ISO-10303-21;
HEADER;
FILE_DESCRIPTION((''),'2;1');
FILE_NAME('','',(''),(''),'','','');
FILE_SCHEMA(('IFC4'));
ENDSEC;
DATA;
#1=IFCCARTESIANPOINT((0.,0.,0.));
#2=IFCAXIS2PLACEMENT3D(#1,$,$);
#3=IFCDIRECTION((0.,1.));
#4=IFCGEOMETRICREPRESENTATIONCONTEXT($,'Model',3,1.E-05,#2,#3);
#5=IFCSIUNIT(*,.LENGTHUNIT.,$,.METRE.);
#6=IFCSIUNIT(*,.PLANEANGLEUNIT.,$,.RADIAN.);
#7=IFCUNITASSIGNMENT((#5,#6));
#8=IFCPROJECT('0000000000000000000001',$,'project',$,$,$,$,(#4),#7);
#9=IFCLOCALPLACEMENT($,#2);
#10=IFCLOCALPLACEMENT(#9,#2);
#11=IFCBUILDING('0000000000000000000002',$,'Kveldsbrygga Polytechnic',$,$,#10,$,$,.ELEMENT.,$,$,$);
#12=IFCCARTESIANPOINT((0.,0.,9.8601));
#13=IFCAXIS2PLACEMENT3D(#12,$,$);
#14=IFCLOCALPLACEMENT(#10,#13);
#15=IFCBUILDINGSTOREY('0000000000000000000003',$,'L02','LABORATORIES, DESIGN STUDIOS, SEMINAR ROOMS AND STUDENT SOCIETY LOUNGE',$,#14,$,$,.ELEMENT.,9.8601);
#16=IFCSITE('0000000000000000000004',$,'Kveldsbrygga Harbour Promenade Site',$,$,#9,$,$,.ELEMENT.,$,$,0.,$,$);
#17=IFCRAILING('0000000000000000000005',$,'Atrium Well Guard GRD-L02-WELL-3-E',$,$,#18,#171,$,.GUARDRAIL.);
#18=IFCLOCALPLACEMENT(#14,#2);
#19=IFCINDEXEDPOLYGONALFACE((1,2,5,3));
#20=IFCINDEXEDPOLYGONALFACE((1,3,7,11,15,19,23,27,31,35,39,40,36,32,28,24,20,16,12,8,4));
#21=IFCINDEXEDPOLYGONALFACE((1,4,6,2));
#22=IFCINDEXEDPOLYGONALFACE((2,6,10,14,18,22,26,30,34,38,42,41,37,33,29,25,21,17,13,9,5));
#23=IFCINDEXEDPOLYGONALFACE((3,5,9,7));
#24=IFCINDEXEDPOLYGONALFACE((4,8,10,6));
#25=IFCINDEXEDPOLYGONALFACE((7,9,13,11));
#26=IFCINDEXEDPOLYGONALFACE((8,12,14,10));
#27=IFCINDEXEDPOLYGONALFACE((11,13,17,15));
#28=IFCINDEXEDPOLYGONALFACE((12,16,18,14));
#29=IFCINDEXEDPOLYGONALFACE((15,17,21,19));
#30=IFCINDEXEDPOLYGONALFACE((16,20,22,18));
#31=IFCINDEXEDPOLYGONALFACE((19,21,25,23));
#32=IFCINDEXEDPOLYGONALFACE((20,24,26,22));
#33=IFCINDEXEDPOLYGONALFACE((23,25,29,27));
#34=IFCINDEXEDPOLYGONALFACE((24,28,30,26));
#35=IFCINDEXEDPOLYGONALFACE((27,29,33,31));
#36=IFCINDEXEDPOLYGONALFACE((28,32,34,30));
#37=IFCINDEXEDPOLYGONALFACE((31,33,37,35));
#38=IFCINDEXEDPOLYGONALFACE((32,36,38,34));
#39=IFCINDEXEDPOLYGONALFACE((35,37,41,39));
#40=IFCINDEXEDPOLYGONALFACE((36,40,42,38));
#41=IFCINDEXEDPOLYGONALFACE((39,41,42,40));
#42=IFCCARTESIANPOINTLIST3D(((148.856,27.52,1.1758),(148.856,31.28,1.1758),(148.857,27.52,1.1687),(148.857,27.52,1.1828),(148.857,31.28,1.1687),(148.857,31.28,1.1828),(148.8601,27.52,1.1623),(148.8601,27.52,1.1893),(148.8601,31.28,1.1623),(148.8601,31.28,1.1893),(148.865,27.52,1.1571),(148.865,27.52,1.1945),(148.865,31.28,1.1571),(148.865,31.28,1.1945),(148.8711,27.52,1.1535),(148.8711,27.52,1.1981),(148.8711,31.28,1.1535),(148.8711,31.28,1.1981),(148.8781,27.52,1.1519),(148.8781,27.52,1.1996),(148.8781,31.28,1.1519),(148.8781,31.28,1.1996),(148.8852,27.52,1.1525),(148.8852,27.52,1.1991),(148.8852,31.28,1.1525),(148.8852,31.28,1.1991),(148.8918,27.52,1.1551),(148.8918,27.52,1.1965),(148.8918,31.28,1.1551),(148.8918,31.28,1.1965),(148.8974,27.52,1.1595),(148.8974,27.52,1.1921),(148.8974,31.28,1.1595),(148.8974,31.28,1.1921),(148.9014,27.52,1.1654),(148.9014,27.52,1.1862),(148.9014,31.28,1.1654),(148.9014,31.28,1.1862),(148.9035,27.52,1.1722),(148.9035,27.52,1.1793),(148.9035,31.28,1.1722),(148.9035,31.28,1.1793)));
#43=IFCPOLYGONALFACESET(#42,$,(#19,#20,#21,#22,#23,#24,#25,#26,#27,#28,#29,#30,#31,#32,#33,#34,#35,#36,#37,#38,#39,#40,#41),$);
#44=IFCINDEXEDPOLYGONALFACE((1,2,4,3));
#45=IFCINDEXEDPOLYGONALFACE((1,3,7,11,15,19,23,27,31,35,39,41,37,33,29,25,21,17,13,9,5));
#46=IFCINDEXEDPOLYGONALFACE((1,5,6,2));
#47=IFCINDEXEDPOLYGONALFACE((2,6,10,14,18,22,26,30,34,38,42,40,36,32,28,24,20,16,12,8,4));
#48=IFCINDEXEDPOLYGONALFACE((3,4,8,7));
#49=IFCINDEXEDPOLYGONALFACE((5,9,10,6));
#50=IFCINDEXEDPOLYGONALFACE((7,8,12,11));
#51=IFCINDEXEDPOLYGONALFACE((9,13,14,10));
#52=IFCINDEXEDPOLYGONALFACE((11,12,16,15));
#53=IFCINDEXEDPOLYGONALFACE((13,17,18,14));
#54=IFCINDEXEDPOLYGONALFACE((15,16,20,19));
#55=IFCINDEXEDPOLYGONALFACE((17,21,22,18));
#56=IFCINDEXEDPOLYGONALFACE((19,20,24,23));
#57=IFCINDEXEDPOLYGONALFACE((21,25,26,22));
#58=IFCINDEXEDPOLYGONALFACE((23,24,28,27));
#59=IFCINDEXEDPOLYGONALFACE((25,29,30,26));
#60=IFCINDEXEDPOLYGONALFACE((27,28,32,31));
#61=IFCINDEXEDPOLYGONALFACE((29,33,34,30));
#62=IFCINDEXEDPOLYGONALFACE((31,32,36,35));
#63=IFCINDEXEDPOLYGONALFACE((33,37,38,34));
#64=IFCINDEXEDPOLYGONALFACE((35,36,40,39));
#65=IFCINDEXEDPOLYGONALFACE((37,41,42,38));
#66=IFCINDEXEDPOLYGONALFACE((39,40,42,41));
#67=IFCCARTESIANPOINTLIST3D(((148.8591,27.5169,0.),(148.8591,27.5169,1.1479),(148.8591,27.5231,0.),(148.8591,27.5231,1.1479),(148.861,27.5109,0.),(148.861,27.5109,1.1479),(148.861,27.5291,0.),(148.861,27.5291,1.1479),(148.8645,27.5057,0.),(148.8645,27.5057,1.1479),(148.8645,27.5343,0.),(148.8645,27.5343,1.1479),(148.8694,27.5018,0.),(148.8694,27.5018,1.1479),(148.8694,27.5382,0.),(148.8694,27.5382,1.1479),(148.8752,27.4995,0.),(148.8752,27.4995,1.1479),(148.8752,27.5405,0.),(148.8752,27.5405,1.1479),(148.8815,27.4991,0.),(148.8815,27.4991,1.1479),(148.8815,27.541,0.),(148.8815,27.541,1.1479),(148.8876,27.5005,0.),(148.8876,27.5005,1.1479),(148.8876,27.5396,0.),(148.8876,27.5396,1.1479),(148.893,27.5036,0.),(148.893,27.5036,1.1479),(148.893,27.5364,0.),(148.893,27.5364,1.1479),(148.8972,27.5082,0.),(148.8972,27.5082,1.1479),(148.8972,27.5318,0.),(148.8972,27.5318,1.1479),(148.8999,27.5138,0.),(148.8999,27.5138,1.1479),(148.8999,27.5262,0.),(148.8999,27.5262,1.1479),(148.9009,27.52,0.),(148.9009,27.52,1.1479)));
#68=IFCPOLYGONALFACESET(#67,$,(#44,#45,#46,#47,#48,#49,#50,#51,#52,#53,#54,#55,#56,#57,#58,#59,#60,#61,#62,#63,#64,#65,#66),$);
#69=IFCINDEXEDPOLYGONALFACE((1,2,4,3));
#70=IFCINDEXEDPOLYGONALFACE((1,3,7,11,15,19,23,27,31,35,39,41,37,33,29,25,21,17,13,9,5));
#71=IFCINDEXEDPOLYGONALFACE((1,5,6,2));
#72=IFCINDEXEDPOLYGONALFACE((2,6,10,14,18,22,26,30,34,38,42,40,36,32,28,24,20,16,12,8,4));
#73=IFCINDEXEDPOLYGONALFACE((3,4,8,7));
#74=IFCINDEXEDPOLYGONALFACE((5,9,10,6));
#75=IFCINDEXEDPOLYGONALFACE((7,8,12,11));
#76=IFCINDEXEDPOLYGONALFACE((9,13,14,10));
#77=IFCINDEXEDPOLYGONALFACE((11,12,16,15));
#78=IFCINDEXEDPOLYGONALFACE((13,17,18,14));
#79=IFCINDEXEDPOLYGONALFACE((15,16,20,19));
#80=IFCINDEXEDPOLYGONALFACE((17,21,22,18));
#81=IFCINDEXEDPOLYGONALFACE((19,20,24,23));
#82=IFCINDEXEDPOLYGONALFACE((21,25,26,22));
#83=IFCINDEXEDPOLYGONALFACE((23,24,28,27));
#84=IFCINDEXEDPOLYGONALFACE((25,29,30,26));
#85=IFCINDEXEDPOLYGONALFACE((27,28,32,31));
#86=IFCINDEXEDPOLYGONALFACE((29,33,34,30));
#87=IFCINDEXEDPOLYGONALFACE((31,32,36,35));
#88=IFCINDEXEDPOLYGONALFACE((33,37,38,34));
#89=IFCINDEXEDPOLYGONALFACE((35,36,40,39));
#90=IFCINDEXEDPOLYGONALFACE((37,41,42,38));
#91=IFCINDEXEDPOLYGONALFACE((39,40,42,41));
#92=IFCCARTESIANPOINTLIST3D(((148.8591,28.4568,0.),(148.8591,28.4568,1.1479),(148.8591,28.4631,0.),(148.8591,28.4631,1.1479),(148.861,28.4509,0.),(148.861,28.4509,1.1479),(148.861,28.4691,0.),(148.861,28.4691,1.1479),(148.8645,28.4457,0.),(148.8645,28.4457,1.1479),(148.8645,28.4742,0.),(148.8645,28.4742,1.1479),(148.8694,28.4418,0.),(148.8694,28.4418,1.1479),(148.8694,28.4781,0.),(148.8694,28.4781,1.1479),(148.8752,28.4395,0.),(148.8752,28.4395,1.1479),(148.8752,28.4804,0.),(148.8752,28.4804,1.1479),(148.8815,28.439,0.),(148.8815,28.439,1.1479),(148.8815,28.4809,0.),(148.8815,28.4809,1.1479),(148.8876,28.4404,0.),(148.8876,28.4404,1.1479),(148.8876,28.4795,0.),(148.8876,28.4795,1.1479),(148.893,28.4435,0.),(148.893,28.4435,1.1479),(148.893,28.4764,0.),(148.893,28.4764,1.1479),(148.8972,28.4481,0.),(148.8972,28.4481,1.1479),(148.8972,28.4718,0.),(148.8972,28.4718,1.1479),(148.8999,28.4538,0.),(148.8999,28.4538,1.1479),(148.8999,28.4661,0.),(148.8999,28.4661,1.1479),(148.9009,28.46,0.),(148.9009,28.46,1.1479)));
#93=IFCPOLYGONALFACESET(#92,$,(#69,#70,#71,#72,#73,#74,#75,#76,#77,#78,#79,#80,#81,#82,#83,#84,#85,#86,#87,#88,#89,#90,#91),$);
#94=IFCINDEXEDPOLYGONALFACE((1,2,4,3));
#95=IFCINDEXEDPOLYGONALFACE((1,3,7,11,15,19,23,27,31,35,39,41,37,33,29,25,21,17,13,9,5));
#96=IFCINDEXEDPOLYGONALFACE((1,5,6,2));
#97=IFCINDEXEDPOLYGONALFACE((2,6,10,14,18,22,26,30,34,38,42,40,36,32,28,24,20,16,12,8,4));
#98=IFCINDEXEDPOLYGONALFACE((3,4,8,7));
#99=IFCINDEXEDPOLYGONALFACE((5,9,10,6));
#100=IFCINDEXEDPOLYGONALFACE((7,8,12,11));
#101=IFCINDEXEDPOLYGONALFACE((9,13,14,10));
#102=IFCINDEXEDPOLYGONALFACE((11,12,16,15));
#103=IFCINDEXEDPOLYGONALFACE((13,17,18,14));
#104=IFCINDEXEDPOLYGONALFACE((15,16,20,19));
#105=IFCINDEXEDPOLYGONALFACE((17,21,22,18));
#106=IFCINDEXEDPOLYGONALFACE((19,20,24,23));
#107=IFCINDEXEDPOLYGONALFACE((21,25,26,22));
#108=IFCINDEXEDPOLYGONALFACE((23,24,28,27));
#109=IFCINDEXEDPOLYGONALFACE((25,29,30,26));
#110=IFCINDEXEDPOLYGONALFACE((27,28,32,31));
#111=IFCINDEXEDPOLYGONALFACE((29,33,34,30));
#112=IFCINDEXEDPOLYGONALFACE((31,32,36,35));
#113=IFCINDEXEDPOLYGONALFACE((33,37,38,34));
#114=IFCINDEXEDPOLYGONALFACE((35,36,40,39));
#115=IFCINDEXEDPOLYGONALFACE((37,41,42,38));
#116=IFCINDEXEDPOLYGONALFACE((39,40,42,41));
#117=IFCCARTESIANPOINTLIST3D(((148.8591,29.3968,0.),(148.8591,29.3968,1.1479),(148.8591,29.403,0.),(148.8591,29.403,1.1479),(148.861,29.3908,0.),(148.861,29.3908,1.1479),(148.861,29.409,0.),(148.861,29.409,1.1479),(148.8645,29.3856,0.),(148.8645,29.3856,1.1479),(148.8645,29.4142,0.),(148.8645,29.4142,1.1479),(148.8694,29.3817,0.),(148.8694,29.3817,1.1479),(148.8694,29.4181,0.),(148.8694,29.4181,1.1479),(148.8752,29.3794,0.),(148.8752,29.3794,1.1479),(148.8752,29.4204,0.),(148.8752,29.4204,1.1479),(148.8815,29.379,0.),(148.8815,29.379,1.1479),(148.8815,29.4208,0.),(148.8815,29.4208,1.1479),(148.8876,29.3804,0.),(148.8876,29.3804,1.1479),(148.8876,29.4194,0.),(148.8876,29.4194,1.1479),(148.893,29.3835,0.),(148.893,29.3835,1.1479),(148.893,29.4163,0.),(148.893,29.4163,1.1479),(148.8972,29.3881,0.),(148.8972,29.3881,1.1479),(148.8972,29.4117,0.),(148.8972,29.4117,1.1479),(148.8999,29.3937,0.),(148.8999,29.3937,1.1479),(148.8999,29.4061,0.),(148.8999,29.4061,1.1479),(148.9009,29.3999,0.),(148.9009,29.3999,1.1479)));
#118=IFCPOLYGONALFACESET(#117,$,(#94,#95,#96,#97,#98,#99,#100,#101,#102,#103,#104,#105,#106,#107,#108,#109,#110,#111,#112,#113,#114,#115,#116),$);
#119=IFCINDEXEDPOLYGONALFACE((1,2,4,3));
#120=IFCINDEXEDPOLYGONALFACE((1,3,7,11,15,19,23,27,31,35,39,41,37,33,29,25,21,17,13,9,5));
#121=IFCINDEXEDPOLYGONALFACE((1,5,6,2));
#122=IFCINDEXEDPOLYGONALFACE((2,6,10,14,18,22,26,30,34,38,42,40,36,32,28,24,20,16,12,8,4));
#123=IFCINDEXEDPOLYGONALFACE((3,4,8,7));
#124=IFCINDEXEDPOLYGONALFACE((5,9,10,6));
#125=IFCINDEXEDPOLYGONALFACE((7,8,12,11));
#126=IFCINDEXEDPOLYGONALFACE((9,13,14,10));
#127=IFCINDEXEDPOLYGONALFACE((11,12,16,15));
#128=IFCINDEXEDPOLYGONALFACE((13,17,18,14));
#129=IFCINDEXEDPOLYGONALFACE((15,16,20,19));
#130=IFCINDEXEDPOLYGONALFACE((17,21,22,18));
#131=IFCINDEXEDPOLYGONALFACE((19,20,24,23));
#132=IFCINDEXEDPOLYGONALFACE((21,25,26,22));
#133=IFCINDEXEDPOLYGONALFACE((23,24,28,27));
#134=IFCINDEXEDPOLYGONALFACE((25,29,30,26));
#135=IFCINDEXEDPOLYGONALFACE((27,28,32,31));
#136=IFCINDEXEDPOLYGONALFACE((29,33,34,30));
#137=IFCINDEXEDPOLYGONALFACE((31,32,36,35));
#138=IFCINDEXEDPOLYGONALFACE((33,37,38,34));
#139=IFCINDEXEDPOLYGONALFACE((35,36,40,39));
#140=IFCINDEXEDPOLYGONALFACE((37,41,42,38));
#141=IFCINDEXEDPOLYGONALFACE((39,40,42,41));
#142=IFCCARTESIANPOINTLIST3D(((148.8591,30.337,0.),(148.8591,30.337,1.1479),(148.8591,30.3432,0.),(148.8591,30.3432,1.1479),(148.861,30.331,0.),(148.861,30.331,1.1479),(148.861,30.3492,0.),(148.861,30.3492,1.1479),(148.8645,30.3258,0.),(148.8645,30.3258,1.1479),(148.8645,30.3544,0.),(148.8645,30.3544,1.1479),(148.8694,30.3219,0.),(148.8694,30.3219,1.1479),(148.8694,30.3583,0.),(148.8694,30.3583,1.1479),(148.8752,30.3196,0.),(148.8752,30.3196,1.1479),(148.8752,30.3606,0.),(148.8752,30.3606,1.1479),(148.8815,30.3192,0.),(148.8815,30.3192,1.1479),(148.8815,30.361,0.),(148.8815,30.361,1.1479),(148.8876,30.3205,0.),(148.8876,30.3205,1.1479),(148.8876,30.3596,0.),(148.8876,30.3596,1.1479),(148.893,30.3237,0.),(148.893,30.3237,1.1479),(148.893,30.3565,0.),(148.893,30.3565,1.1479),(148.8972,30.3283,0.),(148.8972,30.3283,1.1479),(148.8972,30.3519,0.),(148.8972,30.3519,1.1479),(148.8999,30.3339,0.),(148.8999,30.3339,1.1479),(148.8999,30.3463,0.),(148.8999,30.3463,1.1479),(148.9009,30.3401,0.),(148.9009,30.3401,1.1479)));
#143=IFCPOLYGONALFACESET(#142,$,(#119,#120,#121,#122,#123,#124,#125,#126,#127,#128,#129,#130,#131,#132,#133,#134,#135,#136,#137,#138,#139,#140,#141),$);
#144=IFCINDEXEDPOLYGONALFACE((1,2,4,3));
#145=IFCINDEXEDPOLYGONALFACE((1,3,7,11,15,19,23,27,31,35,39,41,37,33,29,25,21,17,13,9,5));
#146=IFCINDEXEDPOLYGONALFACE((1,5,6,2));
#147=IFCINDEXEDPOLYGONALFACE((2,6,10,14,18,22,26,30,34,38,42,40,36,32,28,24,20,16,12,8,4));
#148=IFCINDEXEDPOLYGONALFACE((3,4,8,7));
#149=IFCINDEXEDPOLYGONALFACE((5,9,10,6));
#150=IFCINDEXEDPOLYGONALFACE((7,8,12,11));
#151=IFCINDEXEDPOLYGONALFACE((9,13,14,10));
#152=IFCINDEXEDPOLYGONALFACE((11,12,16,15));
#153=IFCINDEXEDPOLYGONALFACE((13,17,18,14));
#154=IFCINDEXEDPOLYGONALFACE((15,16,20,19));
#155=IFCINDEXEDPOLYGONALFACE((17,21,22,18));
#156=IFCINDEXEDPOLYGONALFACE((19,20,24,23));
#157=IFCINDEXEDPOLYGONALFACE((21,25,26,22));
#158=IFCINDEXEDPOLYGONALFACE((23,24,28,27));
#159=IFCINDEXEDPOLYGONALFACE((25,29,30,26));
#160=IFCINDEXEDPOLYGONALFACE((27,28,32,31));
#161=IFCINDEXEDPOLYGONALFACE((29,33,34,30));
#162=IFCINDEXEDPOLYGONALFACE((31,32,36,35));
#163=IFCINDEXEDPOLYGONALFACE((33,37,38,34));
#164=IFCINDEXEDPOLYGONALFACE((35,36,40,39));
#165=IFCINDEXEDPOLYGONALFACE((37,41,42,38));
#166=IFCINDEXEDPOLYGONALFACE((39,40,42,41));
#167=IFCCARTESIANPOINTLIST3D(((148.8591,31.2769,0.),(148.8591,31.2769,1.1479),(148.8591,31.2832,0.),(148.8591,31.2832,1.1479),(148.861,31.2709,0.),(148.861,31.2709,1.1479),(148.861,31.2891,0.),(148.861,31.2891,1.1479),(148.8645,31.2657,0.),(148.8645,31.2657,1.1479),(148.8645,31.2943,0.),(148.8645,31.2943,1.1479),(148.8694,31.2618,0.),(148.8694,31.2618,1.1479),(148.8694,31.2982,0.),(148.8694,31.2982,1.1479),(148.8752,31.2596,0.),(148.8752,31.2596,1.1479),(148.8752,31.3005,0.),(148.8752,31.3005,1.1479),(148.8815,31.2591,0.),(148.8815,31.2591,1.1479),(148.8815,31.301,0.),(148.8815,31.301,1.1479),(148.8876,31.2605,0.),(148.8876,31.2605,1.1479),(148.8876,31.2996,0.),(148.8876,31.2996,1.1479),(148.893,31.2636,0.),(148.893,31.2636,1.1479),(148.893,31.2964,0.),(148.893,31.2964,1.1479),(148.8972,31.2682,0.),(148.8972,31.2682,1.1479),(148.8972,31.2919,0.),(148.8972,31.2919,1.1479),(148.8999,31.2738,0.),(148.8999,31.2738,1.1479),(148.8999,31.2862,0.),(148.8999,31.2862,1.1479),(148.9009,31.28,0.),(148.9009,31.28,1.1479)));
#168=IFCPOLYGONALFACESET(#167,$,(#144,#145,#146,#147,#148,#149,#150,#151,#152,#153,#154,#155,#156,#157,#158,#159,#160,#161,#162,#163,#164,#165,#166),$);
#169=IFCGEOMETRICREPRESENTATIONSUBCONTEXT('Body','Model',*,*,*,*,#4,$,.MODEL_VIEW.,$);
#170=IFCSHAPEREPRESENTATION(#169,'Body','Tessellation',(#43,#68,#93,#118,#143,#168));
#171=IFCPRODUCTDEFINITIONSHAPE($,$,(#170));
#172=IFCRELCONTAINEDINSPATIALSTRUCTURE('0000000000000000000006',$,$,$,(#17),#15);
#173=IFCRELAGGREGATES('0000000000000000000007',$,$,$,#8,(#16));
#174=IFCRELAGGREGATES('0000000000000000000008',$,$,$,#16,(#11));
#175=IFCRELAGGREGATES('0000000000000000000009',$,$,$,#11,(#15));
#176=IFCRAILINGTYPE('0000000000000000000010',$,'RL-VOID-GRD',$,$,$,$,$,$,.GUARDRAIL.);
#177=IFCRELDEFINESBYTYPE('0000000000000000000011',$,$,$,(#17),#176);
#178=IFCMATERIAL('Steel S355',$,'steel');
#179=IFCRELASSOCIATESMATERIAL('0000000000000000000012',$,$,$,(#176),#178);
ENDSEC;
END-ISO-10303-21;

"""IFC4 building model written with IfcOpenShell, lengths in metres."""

from ifc_helpers import new_model, si_unit, direction, frame, origin, origin_2d, place, context, subcontext, project, spatial, circle, extrude, material, type_object, element, save


model = new_model("IFC4")

# Units and contexts
model_context = context("Model", 3, precision=1e-05, world=origin(), true_north=direction((0.0, 1.0)))
body_context = subcontext(model_context, "Body", "Model", "MODEL_VIEW")
ifc_project = project(units=[si_unit("LENGTHUNIT", "METRE"), si_unit("PLANEANGLEUNIT", "RADIAN")], contexts=[model_context])

# Site, building, storey
site_placement = place(None, origin())
site = spatial("IfcSite", under=ifc_project, at=site_placement, Name="Kveldsbrygga Harbour Promenade Site", CompositionType="ELEMENT", RefElevation=0.0)
building_placement = place(site_placement, origin())
building = spatial("IfcBuilding", under=site, at=building_placement, Name="Kveldsbrygga Polytechnic", CompositionType="ELEMENT")
storey_placement = place(building_placement, frame((0.0, 0.0, 9.8601)))
storey = spatial("IfcBuildingStorey", under=building, at=storey_placement, Name="L02", Description="LABORATORIES, DESIGN STUDIOS, SEMINAR ROOMS AND STUDENT SOCIETY LOUNGE", CompositionType="ELEMENT", Elevation=9.8601)

# Shared definitions
ifc_material_1 = material(Name="Steel S355", Category="steel")

# Railing
railing_type = type_object("IfcRailingType", Name="RL-VOID-GRD", PredefinedType="GUARDRAIL", material=ifc_material_1)
railing_1_placement = place(storey_placement, frame((148.8799, 27.52, 0.0)))
element("IfcRailing", 1, at=railing_1_placement, inside=storey, type_object=railing_type, Name="Atrium Well Guard GRD-L02-WELL-3-E", PredefinedType="GUARDRAIL", context=body_context, shape_type="SweptSolid", body=[
    extrude(circle(Radius=0.0239, at=origin_2d()), frame((0.0, 0.0, 1.1758), z_axis=(0.0, 1.0, 0.0), x_axis=(-1.0, 0.0, 0.0)), (0.0, 0.0, 1.0), 3.76),
    extrude(circle(Radius=0.021, at=origin_2d()), origin(), (0.0, 0.0, 1.0), 1.1479),
    extrude(circle(Radius=0.021, at=origin_2d()), frame((0.0, 0.9399, 0.0)), (0.0, 0.0, 1.0), 1.1479),
    extrude(circle(Radius=0.021, at=origin_2d()), frame((0.0, 1.8799, 0.0)), (0.0, 0.0, 1.0), 1.1479),
    extrude(circle(Radius=0.021, at=origin_2d()), frame((0.0, 2.8201, 0.0)), (0.0, 0.0, 1.0), 1.1479),
    extrude(circle(Radius=0.021, at=origin_2d()), frame((0.0, 3.76, 0.0)), (0.0, 0.0, 1.0), 1.1479),
])

save(model, "model.ifc")
